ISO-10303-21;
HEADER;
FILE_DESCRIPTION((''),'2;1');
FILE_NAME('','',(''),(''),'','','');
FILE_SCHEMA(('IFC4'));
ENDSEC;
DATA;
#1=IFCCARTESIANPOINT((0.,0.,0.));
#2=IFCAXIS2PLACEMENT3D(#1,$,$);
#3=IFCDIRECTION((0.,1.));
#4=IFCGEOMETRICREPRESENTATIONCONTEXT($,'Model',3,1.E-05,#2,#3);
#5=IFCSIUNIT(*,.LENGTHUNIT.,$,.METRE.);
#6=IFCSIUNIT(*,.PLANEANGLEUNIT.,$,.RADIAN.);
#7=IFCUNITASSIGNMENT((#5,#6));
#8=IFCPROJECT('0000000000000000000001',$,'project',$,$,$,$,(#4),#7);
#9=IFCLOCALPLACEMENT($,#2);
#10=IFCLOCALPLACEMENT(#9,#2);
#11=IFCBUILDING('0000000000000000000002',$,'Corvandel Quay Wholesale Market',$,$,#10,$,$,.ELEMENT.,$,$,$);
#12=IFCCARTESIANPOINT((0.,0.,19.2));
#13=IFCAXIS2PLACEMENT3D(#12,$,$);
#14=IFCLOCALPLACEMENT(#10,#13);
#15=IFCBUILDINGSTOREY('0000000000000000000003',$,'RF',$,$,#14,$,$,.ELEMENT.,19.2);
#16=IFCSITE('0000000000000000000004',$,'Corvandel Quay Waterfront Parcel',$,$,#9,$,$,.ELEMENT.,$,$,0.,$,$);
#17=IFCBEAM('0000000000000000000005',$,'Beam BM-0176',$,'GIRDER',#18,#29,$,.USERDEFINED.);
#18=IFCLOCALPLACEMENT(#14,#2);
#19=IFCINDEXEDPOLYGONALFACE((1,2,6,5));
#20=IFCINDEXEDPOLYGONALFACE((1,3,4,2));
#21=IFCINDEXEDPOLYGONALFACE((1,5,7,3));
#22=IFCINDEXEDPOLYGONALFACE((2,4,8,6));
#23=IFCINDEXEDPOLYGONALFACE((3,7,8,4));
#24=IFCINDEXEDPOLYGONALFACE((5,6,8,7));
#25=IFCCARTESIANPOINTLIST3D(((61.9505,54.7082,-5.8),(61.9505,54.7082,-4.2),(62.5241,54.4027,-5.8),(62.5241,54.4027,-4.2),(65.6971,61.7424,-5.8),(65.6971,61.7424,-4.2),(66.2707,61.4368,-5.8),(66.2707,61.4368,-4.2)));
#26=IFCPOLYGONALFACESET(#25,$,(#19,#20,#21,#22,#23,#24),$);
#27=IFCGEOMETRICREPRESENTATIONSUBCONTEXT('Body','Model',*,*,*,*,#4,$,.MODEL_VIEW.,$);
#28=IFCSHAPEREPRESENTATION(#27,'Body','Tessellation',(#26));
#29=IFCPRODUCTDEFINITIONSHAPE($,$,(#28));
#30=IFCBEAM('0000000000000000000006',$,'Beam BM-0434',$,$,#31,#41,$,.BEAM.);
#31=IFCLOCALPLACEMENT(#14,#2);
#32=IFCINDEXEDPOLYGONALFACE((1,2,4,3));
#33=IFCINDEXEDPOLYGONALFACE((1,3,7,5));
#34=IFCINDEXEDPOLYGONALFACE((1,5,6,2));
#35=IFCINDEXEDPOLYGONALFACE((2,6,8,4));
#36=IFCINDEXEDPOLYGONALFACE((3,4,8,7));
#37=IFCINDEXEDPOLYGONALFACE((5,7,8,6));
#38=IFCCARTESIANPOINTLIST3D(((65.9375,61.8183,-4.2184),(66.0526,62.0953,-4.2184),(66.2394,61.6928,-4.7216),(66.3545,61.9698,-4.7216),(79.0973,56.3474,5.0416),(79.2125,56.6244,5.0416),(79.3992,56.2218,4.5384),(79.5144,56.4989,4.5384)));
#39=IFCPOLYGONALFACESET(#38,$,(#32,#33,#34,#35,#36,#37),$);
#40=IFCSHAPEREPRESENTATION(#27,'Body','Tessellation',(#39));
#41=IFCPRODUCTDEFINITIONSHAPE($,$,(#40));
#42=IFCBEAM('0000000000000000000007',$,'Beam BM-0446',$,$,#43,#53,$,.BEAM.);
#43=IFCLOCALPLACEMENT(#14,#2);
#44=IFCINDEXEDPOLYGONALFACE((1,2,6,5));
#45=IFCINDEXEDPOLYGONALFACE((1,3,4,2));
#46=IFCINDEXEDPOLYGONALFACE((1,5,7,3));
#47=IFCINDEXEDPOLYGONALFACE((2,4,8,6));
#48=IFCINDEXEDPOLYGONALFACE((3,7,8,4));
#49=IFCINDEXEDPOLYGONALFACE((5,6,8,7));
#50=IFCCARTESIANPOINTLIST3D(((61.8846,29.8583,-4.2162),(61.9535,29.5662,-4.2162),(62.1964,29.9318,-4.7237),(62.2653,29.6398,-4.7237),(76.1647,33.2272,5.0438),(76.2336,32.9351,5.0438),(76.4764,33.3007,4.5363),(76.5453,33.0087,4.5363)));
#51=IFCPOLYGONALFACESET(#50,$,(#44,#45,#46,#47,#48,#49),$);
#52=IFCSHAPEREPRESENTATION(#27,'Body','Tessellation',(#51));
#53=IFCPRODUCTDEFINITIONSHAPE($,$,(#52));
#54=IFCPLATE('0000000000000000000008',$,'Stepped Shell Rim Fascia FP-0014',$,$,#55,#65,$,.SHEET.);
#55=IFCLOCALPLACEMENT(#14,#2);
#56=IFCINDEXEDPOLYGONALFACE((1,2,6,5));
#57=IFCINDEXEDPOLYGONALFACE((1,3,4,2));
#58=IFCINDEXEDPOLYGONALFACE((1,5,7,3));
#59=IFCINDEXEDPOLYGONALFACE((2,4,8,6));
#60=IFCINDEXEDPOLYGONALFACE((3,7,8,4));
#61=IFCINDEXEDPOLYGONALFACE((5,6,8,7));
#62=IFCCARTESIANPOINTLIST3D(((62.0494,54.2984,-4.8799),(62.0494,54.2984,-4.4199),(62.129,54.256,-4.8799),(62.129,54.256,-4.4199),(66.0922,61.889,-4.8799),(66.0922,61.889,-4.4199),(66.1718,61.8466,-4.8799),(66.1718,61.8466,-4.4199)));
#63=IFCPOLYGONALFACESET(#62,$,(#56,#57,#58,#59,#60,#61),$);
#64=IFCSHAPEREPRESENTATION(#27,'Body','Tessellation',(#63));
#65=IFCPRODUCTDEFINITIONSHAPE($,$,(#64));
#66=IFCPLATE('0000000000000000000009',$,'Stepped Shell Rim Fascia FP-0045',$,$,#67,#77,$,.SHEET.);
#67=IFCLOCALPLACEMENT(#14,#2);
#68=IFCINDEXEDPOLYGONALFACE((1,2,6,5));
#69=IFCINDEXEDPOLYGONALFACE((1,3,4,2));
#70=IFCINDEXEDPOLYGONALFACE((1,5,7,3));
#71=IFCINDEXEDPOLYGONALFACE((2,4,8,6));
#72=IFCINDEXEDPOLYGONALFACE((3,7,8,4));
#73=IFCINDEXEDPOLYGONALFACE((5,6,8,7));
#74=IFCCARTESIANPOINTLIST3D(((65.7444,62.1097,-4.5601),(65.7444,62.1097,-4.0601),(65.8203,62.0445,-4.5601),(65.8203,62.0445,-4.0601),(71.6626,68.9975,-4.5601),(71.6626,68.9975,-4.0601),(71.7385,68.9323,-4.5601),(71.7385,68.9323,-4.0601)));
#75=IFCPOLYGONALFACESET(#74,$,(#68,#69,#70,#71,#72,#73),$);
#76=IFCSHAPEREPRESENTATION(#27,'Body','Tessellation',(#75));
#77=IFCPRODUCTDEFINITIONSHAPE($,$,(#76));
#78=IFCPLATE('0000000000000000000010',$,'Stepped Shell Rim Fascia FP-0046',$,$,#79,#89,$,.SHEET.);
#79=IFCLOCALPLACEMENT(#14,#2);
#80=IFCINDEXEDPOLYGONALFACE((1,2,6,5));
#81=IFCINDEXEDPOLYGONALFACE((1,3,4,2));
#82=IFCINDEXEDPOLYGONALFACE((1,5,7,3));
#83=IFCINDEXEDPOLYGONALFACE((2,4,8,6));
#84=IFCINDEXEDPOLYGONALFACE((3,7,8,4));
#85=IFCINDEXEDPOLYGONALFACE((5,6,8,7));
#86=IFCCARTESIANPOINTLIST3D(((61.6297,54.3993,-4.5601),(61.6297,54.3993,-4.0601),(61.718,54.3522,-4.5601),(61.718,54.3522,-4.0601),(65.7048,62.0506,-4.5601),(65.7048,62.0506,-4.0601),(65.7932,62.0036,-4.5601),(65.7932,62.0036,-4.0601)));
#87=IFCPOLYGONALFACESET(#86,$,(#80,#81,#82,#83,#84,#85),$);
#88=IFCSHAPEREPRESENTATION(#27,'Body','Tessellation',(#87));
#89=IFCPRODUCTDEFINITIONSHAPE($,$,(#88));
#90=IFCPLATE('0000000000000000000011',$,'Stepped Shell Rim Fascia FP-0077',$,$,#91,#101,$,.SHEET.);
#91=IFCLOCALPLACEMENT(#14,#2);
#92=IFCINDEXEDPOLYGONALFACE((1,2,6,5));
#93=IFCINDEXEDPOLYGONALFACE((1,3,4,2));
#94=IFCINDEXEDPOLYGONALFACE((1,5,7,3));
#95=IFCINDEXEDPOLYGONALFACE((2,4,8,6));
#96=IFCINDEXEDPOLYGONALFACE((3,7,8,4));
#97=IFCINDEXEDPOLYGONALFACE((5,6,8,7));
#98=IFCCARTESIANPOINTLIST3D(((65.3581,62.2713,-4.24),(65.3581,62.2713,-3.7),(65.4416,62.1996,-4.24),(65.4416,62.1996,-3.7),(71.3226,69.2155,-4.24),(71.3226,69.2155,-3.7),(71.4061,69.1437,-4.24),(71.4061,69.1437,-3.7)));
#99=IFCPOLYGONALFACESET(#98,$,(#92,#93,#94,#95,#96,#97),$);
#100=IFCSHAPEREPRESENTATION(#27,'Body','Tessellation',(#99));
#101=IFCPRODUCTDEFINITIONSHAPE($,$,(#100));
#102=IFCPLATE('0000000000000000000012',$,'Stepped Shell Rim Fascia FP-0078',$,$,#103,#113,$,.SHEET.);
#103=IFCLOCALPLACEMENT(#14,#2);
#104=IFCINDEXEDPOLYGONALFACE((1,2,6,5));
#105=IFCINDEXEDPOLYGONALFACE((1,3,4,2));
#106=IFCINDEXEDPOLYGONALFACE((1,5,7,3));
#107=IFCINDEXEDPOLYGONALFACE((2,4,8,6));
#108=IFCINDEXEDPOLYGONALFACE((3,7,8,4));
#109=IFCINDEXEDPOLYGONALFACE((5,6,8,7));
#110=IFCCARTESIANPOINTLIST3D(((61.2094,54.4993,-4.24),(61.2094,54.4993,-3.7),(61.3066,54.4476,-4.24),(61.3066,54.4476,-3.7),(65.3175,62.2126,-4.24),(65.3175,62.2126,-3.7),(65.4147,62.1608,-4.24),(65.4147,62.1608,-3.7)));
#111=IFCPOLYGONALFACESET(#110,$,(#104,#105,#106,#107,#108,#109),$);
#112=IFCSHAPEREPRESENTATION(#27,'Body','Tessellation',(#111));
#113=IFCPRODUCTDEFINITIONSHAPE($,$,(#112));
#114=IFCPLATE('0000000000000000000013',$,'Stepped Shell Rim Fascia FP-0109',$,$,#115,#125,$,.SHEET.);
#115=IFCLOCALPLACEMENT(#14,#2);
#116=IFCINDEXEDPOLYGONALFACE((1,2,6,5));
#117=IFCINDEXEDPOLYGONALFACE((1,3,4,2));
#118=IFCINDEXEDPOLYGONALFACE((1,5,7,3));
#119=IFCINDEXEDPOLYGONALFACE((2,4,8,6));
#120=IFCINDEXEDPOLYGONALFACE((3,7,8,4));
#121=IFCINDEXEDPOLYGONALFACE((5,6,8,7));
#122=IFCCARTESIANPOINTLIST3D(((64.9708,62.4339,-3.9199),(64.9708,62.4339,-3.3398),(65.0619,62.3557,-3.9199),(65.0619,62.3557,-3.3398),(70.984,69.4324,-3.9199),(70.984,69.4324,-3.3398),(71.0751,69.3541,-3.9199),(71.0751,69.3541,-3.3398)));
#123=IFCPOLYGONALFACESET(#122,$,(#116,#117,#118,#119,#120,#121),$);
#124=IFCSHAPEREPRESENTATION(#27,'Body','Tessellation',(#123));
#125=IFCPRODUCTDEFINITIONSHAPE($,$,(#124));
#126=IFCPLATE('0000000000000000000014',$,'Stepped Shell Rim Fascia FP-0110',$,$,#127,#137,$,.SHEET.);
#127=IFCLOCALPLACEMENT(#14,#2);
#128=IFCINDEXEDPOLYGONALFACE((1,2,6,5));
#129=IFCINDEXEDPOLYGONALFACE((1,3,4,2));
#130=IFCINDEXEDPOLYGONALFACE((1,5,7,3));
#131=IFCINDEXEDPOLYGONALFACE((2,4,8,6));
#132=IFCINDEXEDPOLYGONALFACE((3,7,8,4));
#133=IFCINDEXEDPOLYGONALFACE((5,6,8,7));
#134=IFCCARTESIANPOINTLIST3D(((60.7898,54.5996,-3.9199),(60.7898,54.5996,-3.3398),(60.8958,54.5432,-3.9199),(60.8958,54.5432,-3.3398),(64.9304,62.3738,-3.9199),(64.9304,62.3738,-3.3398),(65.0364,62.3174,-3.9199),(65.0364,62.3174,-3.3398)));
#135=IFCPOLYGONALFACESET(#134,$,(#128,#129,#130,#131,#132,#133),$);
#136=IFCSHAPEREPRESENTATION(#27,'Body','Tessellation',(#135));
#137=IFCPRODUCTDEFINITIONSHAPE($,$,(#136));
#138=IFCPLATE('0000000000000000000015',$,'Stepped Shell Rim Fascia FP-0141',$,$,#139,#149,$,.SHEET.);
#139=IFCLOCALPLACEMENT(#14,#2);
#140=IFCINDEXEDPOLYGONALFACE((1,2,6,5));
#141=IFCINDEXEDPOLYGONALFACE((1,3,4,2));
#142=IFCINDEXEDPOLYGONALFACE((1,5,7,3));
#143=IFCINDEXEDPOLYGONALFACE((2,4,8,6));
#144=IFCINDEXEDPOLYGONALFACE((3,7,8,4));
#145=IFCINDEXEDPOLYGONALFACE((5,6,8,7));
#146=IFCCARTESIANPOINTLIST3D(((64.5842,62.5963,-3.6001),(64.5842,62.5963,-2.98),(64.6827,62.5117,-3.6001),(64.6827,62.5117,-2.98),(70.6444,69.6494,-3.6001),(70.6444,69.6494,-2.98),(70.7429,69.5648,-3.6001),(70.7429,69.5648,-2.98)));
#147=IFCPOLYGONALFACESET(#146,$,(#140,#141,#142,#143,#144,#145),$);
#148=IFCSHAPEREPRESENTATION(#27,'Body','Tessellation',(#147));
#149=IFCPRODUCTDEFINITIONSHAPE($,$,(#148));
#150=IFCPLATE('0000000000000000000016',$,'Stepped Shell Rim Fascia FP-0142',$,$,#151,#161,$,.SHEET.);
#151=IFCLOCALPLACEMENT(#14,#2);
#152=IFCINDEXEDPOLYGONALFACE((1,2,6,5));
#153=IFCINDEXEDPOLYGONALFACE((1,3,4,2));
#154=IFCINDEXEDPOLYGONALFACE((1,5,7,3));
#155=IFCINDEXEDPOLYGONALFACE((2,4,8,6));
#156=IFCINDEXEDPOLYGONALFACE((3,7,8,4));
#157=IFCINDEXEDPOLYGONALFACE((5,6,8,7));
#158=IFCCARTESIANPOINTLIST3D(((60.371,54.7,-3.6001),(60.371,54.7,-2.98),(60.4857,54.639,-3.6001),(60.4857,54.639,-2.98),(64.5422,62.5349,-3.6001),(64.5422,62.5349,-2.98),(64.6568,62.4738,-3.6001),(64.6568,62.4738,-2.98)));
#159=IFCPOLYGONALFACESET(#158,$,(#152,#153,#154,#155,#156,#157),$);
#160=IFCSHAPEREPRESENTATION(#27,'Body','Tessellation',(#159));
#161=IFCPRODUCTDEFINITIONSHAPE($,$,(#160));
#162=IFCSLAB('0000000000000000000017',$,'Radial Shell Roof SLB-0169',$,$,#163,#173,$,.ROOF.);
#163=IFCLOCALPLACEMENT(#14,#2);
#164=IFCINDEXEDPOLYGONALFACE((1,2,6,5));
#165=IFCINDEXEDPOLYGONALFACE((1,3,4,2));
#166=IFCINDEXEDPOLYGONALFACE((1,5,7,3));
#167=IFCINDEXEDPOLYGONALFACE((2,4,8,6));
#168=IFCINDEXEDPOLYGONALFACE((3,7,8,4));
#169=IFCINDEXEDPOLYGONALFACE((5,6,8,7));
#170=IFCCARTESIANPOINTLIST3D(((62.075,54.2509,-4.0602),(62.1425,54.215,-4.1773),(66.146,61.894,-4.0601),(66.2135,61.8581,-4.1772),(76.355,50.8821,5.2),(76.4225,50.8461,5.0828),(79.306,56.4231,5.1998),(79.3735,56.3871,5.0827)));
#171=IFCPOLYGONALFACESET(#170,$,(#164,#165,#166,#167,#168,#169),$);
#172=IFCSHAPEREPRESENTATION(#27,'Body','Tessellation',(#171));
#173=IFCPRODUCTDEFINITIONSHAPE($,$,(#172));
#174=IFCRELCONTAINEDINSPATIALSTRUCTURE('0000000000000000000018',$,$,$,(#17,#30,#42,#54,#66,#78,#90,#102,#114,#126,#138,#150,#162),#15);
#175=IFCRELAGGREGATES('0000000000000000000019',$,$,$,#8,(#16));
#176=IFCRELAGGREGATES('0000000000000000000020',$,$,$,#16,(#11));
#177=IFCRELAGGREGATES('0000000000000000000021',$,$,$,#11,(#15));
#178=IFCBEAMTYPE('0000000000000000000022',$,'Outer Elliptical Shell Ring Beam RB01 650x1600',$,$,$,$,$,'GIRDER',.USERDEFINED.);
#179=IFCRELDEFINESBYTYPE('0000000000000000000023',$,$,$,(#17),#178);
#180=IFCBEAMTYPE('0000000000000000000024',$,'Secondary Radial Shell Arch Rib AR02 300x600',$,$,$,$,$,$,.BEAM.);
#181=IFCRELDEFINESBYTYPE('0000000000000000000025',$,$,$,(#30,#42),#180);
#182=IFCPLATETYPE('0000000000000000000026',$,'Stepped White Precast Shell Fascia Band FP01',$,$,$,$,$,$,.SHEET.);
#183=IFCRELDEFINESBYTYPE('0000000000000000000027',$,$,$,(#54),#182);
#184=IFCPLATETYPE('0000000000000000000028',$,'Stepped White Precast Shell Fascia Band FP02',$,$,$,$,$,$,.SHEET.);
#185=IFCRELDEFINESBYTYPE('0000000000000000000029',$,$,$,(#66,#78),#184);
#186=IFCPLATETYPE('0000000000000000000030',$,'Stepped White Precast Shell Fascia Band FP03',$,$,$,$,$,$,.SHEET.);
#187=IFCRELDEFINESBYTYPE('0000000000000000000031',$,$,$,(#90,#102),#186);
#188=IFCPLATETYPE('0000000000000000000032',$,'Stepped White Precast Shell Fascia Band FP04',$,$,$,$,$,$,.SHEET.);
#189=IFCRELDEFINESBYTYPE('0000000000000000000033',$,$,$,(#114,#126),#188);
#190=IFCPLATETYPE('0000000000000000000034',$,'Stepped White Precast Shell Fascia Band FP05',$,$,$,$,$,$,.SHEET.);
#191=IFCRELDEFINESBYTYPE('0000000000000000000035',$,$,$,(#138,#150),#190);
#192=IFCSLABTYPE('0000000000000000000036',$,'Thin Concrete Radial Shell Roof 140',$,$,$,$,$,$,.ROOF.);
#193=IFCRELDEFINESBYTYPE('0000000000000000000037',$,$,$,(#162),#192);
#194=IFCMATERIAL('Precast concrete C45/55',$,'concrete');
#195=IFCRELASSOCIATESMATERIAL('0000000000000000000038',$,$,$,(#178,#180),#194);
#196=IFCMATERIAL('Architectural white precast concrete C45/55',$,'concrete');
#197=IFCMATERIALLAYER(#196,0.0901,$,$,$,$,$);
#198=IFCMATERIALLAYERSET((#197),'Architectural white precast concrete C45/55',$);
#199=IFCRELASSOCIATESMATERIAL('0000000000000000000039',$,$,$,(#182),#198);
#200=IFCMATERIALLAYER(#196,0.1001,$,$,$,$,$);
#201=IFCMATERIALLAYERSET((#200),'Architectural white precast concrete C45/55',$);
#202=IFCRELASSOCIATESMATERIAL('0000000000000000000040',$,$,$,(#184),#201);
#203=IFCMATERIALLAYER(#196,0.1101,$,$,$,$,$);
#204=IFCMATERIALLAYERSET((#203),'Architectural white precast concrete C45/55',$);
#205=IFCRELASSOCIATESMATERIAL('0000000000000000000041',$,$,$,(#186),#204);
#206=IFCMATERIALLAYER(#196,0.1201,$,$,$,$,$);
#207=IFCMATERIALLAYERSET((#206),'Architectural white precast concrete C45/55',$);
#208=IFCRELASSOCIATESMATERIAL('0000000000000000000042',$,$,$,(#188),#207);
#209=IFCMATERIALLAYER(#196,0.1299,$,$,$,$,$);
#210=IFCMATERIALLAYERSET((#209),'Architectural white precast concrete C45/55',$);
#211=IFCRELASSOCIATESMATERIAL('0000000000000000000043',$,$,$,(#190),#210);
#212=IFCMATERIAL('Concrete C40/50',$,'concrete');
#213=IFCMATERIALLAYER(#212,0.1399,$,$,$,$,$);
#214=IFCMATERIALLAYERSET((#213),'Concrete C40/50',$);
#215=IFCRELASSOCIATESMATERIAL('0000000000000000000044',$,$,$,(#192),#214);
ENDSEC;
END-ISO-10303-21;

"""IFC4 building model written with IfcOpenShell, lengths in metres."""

from ifc_helpers import new_model, si_unit, direction, frame, origin, origin_2d, place, context, subcontext, project, spatial, polyline, rectangle, outline, extrude, material, layer, layer_set, material_profile, profile_set, type_object, element, save


model = new_model("IFC4")

# Units and contexts
model_context = context("Model", 3, precision=1e-05, world=origin(), true_north=direction((0.0, 1.0)))
body_context = subcontext(model_context, "Body", "Model", "MODEL_VIEW")
ifc_project = project(units=[si_unit("LENGTHUNIT", "METRE"), si_unit("PLANEANGLEUNIT", "RADIAN")], contexts=[model_context])

# Site, building, storey
site_placement = place(None, origin())
site = spatial("IfcSite", under=ifc_project, at=site_placement, Name="Corvandel Quay Waterfront Parcel", CompositionType="ELEMENT", RefElevation=0.0)
building_placement = place(site_placement, origin())
building = spatial("IfcBuilding", under=site, at=building_placement, Name="Corvandel Quay Wholesale Market", CompositionType="ELEMENT")
storey_placement = place(building_placement, frame((0.0, 0.0, 19.2)))
storey = spatial("IfcBuildingStorey", under=building, at=storey_placement, Name="RF", CompositionType="ELEMENT", Elevation=19.2)

# Beams
ifc_material_1 = material(Name="Precast concrete C45/55", Category="concrete")
ifc_material_profile_1 = material_profile(ifc_material_1, rectangle(XDim=0.6499, YDim=1.6001, at=origin_2d()), Name="PC-RING-650x1600")
ifc_profile_set_1 = profile_set([ifc_material_profile_1], Name="Precast concrete C45/55")
beam_type_1 = type_object("IfcBeamType", Name="Outer Elliptical Shell Ring Beam RB01 650x1600", ElementType="GIRDER", PredefinedType="USERDEFINED", material=ifc_profile_set_1)
beam_1_placement = place(storey_placement, frame((65.9839, 61.5896, -5.0), z_axis=(-0.470102, -0.882612, 0.0), x_axis=(0.882612, -0.470102, 0.0)))
element("IfcBeam", 1, at=beam_1_placement, inside=storey, type_object=beam_type_1, Name="Beam BM-0176", ObjectType="GIRDER", PredefinedType="USERDEFINED", context=body_context, shape_type="SweptSolid", body=[
    extrude(rectangle(XDim=0.6499, YDim=1.6001, at=origin_2d()), origin(), (0.0, 0.0, 1.0), 7.9697),
])
ifc_material_profile_2 = material_profile(ifc_material_1, rectangle(XDim=0.3, YDim=0.6001, at=origin_2d()), Name="PC-RIB-300x600")
ifc_profile_set_2 = profile_set([ifc_material_profile_2], Name="Precast concrete C45/55")
beam_type_2 = type_object("IfcBeamType", Name="Secondary Radial Shell Arch Rib AR02 300x600", PredefinedType="BEAM", material=ifc_profile_set_2)
beam_2_placement = place(storey_placement, frame((66.146, 61.894, -4.47), z_axis=(0.774297, -0.321897, 0.544836), x_axis=(0.383877, 0.923384, 0.0)))
element("IfcBeam", 2, at=beam_2_placement, inside=storey, type_object=beam_type_2, Name="Beam BM-0434", PredefinedType="BEAM", context=body_context, shape_type="SweptSolid", body=[
    extrude(rectangle(XDim=0.3, YDim=0.6001, at=origin_2d()), origin(), (0.0, 0.0, 1.0), 16.9958),
])
beam_3_placement = place(storey_placement, frame((62.075, 29.749, -4.47), z_axis=(0.823065, 0.194175, 0.533723), x_axis=(-0.229613, 0.973282, 0.0)))
element("IfcBeam", 3, at=beam_3_placement, inside=storey, type_object=beam_type_2, Name="Beam BM-0446", PredefinedType="BEAM", context=body_context, shape_type="SweptSolid", body=[
    extrude(rectangle(XDim=0.3, YDim=0.6001, at=origin_2d()), origin(), (0.0, 0.0, 1.0), 17.3499),
])

# Plates
ifc_material_2 = material(Name="Architectural white precast concrete C45/55", Category="concrete")
ifc_layer_1 = layer(ifc_material_2, 0.0901)
ifc_layer_set_1 = layer_set([ifc_layer_1], Name="Architectural white precast concrete C45/55")
plate_type_1 = type_object("IfcPlateType", Name="Stepped White Precast Shell Fascia Band FP01", PredefinedType="SHEET", material=ifc_layer_set_1)
plate_1_placement = place(storey_placement, frame((64.1106, 58.0725, -4.8799), z_axis=(0.0, 0.0, 1.0), x_axis=(0.470088, 0.88262, 0.0)))
element("IfcPlate", 4, at=plate_1_placement, inside=storey, type_object=plate_type_1, Name="Stepped Shell Rim Fascia FP-0014", PredefinedType="SHEET", context=body_context, shape_type="SweptSolid", body=[
    extrude(rectangle(XDim=8.6001, YDim=0.0901, at=origin_2d()), origin(), (0.0, 0.0, 1.0), 0.46),
])
ifc_layer_2 = layer(ifc_material_2, 0.1001)
ifc_layer_set_2 = layer_set([ifc_layer_2], Name="Architectural white precast concrete C45/55")
plate_type_2 = type_object("IfcPlateType", Name="Stepped White Precast Shell Fascia Band FP02", PredefinedType="SHEET", material=ifc_layer_set_2)
plate_2_placement = place(storey_placement, frame((68.7415, 65.521, -4.5601), z_axis=(0.0, 0.0, 1.0), x_axis=(0.651701, 0.758476, 0.0)))
element("IfcPlate", 5, at=plate_2_placement, inside=storey, type_object=plate_type_2, Name="Stepped Shell Rim Fascia FP-0045", PredefinedType="SHEET", context=body_context, shape_type="SweptSolid", body=[
    extrude(rectangle(XDim=9.0811, YDim=0.1001, at=origin_2d()), origin(), (0.0, 0.0, 1.0), 0.5),
])
plate_3_placement = place(storey_placement, frame((63.7114, 58.2014, -4.5601), z_axis=(0.0, 0.0, 1.0), x_axis=(0.470088, 0.88262, 0.0)))
element("IfcPlate", 6, at=plate_3_placement, inside=storey, type_object=plate_type_2, Name="Stepped Shell Rim Fascia FP-0046", PredefinedType="SHEET", context=body_context, shape_type="SweptSolid", body=[
    extrude(rectangle(XDim=8.6689, YDim=0.1001, at=origin_2d()), origin(), (0.0, 0.0, 1.0), 0.5),
])
ifc_layer_3 = layer(ifc_material_2, 0.1101)
ifc_layer_set_3 = layer_set([ifc_layer_3], Name="Architectural white precast concrete C45/55")
plate_type_3 = type_object("IfcPlateType", Name="Stepped White Precast Shell Fascia Band FP03", PredefinedType="SHEET", material=ifc_layer_set_3)
plate_4_placement = place(storey_placement, frame((68.3821, 65.7075, -4.24), z_axis=(0.0, 0.0, 1.0), x_axis=(0.651569, 0.758589, 0.0)))
element("IfcPlate", 7, at=plate_4_placement, inside=storey, type_object=plate_type_3, Name="Stepped Shell Rim Fascia FP-0077", PredefinedType="SHEET", context=body_context, shape_type="SweptSolid", body=[
    extrude(rectangle(XDim=9.1541, YDim=0.1101, at=origin_2d()), origin(), (0.0, 0.0, 1.0), 0.54),
])
plate_5_placement = place(storey_placement, frame((63.312, 58.3301, -4.24), z_axis=(0.0, 0.0, 1.0), x_axis=(0.470088, 0.88262, 0.0)))
element("IfcPlate", 8, at=plate_5_placement, inside=storey, type_object=plate_type_3, Name="Stepped Shell Rim Fascia FP-0078", PredefinedType="SHEET", context=body_context, shape_type="SweptSolid", body=[
    extrude(rectangle(XDim=8.739, YDim=0.1101, at=origin_2d()), origin(), (0.0, 0.0, 1.0), 0.54),
])
ifc_layer_4 = layer(ifc_material_2, 0.1201)
ifc_layer_set_4 = layer_set([ifc_layer_4], Name="Architectural white precast concrete C45/55")
plate_type_4 = type_object("IfcPlateType", Name="Stepped White Precast Shell Fascia Band FP04", PredefinedType="SHEET", material=ifc_layer_set_4)
plate_6_placement = place(storey_placement, frame((68.0229, 65.894, -3.9199), z_axis=(0.0, 0.0, 1.0), x_axis=(0.651701, 0.758476, 0.0)))
element("IfcPlate", 9, at=plate_6_placement, inside=storey, type_object=plate_type_4, Name="Stepped Shell Rim Fascia FP-0109", PredefinedType="SHEET", context=body_context, shape_type="SweptSolid", body=[
    extrude(rectangle(XDim=9.2271, YDim=0.1201, at=origin_2d()), origin(), (0.0, 0.0, 1.0), 0.5801),
])
plate_7_placement = place(storey_placement, frame((62.9131, 58.4585, -3.9199), z_axis=(0.0, 0.0, 1.0), x_axis=(0.470088, 0.88262, 0.0)))
element("IfcPlate", 10, at=plate_7_placement, inside=storey, type_object=plate_type_4, Name="Stepped Shell Rim Fascia FP-0110", PredefinedType="SHEET", context=body_context, shape_type="SweptSolid", body=[
    extrude(rectangle(XDim=8.8081, YDim=0.1201, at=origin_2d()), origin(), (0.0, 0.0, 1.0), 0.5801),
])
ifc_layer_5 = layer(ifc_material_2, 0.1299)
ifc_layer_set_5 = layer_set([ifc_layer_5], Name="Architectural white precast concrete C45/55")
plate_type_5 = type_object("IfcPlateType", Name="Stepped White Precast Shell Fascia Band FP05", PredefinedType="SHEET", material=ifc_layer_set_5)
plate_8_placement = place(storey_placement, frame((67.6636, 66.0806, -3.6001), z_axis=(0.0, 0.0, 1.0), x_axis=(0.651701, 0.758476, 0.0)))
element("IfcPlate", 11, at=plate_8_placement, inside=storey, type_object=plate_type_5, Name="Stepped Shell Rim Fascia FP-0141", PredefinedType="SHEET", context=body_context, shape_type="SweptSolid", body=[
    extrude(rectangle(XDim=9.2991, YDim=0.1299, at=origin_2d()), origin(), (0.0, 0.0, 1.0), 0.6201),
])
plate_9_placement = place(storey_placement, frame((62.5139, 58.5869, -3.6001), z_axis=(0.0, 0.0, 1.0), x_axis=(0.469934, 0.882702, 0.0)))
element("IfcPlate", 12, at=plate_9_placement, inside=storey, type_object=plate_type_5, Name="Stepped Shell Rim Fascia FP-0142", PredefinedType="SHEET", context=body_context, shape_type="SweptSolid", body=[
    extrude(rectangle(XDim=8.876, YDim=0.1299, at=origin_2d()), origin(), (0.0, 0.0, 1.0), 0.6201),
])

# Slab
ifc_material_3 = material(Name="Concrete C40/50", Category="concrete")
ifc_layer_6 = layer(ifc_material_3, 0.1399)
ifc_layer_set_6 = layer_set([ifc_layer_6], Name="Concrete C40/50")
slab_type = type_object("IfcSlabType", Name="Thin Concrete Radial Shell Roof 140", PredefinedType="ROOF", material=ifc_layer_set_6)
slab_placement = place(storey_placement, frame((66.146, 61.894, -4.0601), z_axis=(-0.482418, 0.256941, 0.837409), x_axis=(-0.470108, -0.882609, -0.000013)))
element("IfcSlab", 13, at=slab_placement, inside=storey, type_object=slab_type, Name="Radial Shell Roof SLB-0169", PredefinedType="ROOF", context=body_context, shape_type="SweptSolid", body=[
    extrude(outline(polyline([(0.0, 0.0), (8.6597, 0.0), (4.9198, 16.942), (-1.358, 16.9416), (0.0, 0.0)])), origin(), (0.0, 0.0, -1.0), 0.1399),
])

save(model, "model.ifc")
